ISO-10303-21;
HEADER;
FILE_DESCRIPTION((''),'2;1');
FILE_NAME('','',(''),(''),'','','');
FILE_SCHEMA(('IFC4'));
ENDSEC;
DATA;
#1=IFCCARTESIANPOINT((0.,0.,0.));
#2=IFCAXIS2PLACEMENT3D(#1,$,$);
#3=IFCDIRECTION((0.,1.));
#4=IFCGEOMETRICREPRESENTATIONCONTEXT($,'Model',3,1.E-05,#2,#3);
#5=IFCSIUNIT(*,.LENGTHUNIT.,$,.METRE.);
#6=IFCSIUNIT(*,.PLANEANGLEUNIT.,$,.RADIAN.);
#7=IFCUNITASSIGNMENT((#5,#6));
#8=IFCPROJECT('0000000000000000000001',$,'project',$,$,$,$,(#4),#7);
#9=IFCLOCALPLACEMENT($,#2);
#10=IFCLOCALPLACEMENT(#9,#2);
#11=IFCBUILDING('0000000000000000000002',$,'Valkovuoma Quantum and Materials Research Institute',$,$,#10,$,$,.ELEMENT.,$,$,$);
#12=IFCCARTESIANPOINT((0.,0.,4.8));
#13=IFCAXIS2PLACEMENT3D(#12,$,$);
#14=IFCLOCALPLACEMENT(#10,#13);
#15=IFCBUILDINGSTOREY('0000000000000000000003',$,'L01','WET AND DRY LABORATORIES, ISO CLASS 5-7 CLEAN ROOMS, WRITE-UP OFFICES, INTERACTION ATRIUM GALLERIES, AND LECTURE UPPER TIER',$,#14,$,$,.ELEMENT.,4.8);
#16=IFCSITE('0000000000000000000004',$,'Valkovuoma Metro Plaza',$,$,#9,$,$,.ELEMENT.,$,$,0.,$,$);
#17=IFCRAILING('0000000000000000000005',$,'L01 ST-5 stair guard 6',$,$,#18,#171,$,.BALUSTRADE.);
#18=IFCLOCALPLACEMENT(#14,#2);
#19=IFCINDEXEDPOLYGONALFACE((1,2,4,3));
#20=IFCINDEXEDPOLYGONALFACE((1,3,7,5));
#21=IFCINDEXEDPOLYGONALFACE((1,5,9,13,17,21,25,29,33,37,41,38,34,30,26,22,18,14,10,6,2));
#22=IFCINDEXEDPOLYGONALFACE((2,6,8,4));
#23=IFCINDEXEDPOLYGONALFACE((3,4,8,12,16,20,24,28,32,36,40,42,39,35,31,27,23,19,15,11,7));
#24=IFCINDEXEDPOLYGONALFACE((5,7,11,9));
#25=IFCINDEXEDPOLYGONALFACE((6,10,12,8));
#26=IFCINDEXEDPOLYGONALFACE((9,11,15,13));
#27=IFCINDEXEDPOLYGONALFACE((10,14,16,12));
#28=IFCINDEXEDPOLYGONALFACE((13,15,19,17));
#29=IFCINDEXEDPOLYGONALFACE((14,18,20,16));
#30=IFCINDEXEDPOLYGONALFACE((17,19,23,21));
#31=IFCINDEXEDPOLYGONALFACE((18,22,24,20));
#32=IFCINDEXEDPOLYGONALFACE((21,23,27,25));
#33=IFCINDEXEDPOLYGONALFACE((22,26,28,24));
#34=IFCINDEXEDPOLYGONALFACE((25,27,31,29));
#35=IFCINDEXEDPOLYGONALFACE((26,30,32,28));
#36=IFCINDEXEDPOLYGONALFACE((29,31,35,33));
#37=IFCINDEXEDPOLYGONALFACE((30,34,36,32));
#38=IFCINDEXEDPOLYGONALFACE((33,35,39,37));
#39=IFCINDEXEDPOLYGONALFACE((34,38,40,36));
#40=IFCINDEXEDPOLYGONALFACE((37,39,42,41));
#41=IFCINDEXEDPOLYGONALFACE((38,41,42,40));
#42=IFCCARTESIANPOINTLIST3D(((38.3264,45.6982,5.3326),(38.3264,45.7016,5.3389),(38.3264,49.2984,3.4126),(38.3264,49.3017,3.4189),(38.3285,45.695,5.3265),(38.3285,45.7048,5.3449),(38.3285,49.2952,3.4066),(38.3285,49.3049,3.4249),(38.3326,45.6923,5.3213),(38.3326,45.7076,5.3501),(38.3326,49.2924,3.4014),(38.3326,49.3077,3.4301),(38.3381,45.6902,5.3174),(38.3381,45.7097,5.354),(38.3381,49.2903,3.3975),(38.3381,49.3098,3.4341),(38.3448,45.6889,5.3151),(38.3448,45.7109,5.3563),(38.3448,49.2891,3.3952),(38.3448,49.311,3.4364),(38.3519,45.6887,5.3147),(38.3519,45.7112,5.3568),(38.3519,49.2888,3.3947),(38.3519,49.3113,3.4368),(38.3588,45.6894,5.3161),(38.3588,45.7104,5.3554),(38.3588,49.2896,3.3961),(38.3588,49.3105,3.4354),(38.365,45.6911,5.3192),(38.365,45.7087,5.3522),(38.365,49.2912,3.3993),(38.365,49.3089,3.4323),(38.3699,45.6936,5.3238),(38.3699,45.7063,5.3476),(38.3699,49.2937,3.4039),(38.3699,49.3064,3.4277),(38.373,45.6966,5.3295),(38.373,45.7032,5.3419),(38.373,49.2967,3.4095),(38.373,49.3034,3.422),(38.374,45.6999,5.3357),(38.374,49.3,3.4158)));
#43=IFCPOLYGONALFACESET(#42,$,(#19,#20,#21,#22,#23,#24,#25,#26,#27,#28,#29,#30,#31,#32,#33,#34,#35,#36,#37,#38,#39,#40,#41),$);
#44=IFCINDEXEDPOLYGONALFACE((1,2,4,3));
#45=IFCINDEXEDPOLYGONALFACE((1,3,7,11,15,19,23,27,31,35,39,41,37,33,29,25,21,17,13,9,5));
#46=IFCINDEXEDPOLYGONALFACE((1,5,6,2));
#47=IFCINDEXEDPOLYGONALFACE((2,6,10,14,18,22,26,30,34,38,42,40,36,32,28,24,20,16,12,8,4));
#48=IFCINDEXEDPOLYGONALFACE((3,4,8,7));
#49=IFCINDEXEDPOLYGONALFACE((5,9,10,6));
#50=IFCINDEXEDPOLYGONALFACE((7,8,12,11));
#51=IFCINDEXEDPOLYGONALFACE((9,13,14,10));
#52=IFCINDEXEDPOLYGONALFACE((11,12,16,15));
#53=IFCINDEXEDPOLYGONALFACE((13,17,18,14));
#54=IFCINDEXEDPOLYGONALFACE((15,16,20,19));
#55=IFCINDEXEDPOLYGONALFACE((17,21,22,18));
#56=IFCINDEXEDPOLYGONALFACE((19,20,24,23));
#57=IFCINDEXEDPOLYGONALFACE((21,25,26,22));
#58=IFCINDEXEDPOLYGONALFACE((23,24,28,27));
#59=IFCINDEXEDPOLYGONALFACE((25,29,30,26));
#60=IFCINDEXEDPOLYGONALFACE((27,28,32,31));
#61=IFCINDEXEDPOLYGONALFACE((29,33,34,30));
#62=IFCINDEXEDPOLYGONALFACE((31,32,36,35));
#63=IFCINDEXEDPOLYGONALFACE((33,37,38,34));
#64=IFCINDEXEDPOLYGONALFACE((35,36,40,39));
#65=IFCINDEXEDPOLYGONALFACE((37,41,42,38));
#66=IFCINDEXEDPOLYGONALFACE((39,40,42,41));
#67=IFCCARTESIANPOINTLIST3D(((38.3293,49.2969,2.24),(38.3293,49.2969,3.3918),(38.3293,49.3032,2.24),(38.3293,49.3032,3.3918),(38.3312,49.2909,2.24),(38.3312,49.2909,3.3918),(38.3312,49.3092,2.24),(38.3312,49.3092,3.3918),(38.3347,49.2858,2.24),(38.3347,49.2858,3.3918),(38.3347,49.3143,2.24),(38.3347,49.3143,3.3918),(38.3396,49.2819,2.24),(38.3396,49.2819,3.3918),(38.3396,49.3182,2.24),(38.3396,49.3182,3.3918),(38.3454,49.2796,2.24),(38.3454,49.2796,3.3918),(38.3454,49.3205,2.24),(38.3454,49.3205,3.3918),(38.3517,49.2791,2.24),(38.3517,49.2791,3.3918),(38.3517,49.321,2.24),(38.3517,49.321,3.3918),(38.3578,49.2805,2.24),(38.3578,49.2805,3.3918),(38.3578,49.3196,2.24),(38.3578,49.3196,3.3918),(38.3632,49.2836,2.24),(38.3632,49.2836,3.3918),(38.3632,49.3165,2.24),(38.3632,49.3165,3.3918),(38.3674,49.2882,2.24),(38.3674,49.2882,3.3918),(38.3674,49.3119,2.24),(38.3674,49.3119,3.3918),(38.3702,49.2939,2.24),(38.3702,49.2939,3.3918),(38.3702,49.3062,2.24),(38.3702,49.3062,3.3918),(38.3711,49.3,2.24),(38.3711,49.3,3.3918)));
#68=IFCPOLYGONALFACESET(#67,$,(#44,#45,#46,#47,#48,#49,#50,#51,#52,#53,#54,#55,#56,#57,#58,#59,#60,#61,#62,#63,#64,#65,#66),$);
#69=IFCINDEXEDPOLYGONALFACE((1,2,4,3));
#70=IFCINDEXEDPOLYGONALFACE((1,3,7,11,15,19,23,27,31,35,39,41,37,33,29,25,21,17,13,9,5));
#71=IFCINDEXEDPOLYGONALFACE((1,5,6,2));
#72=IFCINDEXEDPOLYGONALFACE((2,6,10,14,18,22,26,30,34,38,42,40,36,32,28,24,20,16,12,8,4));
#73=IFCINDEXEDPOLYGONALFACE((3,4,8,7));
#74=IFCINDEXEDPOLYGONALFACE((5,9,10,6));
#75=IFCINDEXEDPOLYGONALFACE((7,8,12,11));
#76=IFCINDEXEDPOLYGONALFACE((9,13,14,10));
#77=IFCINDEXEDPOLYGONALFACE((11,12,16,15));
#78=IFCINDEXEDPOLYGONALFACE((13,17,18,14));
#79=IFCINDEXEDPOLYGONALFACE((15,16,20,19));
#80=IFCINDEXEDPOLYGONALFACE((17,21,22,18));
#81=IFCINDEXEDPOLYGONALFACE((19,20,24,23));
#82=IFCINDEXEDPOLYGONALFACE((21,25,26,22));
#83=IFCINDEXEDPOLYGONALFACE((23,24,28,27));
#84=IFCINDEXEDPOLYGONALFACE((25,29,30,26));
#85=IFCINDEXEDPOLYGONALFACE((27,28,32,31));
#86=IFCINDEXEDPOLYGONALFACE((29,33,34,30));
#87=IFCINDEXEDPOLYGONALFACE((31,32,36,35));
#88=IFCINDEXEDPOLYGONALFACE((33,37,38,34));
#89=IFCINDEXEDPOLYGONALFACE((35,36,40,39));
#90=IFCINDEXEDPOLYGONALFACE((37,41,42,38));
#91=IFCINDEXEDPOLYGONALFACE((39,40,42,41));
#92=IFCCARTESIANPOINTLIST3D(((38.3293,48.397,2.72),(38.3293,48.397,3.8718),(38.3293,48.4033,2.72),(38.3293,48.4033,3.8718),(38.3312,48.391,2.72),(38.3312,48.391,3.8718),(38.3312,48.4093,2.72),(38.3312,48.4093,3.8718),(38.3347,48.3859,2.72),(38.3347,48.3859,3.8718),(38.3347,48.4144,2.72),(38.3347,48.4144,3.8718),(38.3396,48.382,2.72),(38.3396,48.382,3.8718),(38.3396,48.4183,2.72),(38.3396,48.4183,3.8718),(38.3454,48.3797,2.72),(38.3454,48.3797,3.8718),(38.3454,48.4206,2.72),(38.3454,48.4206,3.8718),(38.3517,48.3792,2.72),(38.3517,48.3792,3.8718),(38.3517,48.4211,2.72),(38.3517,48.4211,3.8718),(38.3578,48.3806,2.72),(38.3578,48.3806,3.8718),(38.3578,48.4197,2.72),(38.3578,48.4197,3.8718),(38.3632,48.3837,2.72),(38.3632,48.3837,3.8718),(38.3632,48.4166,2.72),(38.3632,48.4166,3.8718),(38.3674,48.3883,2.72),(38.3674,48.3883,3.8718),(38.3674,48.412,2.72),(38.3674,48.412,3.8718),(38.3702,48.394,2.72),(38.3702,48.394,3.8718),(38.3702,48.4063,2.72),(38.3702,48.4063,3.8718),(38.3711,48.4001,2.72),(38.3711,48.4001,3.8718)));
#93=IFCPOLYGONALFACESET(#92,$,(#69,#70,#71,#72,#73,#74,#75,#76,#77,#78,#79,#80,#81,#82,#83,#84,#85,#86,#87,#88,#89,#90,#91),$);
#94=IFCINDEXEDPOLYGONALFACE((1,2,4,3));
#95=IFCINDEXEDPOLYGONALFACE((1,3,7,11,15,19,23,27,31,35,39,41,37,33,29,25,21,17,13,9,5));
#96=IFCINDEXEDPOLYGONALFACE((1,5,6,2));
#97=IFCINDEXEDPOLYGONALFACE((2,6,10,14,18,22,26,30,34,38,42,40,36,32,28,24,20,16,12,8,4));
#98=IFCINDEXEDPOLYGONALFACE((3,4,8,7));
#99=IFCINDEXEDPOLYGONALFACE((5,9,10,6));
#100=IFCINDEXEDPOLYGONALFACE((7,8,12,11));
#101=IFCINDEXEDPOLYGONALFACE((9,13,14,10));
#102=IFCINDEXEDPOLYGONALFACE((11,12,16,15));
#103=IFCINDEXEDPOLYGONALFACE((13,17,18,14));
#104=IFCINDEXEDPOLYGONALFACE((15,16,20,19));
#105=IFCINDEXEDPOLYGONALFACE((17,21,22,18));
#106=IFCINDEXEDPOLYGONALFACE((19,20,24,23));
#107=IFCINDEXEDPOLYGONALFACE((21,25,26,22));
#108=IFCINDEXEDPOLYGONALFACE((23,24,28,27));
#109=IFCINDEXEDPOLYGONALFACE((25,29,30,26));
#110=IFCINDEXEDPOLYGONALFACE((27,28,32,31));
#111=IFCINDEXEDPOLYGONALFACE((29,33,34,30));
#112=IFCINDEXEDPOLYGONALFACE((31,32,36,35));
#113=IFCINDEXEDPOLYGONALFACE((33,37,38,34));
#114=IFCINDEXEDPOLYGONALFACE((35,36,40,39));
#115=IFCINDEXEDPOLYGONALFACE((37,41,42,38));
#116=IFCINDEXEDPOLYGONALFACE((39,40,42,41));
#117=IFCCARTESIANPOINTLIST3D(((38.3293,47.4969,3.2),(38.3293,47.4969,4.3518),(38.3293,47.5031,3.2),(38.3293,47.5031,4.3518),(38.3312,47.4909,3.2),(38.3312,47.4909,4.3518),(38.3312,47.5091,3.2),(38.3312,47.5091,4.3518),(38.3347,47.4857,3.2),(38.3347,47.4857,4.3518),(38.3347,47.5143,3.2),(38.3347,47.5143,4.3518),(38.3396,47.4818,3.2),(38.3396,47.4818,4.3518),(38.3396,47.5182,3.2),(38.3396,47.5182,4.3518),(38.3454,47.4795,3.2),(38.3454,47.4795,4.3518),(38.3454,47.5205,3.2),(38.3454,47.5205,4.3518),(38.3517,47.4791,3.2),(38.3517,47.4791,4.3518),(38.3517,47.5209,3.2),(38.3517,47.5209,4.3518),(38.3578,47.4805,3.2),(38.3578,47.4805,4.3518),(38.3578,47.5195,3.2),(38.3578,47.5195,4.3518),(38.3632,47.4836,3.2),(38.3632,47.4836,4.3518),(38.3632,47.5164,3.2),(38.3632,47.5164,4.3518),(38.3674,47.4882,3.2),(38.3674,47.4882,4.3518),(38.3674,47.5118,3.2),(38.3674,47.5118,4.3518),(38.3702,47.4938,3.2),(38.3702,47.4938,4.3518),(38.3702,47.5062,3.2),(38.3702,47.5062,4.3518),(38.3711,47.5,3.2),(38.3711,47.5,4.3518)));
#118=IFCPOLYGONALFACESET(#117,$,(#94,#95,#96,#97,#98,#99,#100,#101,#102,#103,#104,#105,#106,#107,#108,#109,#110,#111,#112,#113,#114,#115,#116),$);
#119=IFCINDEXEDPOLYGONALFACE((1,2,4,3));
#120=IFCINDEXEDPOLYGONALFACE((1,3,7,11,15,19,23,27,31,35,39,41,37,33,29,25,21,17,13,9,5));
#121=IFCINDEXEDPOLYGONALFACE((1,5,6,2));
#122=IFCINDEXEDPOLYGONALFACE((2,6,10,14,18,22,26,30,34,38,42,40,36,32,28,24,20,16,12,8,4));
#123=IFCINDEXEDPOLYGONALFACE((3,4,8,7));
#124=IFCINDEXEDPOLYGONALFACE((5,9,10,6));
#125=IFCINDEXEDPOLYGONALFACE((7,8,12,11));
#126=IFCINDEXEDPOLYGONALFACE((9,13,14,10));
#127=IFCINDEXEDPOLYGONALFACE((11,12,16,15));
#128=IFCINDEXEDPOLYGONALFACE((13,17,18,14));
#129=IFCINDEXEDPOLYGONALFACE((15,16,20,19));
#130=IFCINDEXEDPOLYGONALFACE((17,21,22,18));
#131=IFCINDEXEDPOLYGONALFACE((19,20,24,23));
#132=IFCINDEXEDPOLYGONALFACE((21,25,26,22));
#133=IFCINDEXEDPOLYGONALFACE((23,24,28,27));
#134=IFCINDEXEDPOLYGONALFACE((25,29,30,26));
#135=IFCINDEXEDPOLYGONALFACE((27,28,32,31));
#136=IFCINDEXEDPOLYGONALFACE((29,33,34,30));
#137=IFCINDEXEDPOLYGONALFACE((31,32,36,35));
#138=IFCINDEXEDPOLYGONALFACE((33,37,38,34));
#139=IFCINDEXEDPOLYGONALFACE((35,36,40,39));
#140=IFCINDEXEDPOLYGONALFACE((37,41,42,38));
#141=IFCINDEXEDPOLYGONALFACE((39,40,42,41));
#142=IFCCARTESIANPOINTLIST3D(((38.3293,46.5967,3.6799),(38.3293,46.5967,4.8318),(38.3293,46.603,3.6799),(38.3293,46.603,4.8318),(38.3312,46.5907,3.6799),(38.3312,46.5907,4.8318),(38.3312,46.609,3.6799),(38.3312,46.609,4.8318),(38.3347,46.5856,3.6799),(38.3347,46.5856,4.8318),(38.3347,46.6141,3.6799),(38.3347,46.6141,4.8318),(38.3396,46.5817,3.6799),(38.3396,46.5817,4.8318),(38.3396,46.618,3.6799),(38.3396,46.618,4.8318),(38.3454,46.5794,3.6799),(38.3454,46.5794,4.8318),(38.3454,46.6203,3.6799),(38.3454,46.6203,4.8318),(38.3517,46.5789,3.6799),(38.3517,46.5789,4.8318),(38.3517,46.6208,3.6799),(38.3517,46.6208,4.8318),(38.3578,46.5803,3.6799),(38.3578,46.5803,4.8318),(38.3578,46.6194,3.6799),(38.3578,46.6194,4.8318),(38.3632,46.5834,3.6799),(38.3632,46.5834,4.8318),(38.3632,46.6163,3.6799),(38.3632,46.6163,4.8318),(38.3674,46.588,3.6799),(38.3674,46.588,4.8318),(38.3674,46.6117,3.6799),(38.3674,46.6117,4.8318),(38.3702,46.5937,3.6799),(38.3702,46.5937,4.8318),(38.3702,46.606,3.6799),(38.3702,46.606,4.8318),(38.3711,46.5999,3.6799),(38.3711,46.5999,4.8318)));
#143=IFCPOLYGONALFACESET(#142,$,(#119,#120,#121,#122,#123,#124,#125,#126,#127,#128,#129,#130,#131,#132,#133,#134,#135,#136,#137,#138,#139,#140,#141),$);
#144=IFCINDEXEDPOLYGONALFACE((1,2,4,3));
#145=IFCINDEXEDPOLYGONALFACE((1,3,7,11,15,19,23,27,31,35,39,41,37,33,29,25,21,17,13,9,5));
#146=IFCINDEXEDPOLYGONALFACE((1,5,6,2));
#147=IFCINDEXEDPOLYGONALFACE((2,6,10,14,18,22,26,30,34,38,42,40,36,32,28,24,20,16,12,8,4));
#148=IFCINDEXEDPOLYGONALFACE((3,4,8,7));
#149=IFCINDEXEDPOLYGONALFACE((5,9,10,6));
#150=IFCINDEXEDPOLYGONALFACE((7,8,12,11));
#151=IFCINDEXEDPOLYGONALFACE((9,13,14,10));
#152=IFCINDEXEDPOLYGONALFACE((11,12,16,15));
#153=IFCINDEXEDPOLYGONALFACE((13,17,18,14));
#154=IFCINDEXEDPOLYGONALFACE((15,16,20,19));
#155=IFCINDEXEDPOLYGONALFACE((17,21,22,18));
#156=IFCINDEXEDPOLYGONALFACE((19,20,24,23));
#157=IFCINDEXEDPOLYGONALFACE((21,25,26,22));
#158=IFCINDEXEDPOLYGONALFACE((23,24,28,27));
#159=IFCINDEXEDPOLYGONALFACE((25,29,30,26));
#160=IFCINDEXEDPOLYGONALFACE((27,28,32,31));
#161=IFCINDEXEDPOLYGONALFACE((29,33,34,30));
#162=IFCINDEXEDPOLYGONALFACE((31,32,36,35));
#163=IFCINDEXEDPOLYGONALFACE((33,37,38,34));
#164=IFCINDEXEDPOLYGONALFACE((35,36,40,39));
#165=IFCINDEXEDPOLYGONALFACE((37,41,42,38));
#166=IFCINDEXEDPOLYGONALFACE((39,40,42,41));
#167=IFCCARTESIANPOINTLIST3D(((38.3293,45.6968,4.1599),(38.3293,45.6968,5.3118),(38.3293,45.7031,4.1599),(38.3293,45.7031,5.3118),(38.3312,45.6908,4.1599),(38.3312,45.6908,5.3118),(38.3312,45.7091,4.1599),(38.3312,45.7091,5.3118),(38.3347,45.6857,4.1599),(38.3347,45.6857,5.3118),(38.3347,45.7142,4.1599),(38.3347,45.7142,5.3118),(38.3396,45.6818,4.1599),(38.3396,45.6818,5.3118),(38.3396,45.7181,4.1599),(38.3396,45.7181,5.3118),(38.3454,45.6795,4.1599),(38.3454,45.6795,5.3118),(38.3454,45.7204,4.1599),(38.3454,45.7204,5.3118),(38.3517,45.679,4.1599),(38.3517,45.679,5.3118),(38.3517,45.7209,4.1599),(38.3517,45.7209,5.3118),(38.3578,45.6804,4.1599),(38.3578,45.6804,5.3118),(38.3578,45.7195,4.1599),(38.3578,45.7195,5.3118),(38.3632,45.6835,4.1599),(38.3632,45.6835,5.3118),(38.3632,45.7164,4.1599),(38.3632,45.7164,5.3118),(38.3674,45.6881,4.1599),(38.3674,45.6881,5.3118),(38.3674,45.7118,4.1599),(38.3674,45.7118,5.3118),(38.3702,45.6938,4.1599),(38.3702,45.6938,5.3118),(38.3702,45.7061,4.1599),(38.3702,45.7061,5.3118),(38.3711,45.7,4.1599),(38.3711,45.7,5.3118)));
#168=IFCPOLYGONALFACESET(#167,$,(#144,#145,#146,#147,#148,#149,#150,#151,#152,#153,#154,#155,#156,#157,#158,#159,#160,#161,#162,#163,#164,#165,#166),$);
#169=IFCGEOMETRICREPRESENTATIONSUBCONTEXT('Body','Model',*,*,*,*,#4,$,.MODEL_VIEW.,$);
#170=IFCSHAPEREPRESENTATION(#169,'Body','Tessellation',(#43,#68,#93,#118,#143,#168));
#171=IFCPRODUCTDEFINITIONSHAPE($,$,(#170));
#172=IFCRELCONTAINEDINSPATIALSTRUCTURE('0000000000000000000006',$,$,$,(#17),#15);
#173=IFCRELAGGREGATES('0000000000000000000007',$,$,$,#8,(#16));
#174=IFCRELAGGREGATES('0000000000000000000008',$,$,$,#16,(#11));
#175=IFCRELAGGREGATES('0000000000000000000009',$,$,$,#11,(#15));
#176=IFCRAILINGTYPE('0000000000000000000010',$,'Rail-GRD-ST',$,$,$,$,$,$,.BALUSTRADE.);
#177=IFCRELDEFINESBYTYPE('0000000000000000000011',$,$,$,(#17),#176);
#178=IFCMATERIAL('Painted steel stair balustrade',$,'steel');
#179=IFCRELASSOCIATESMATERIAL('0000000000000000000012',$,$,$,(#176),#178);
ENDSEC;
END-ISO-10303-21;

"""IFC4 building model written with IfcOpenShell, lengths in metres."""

from ifc_helpers import new_model, si_unit, direction, frame, origin, origin_2d, place, context, subcontext, project, spatial, circle, extrude, material, type_object, element, save


model = new_model("IFC4")

# Units and contexts
model_context = context("Model", 3, precision=1e-05, world=origin(), true_north=direction((0.0, 1.0)))
body_context = subcontext(model_context, "Body", "Model", "MODEL_VIEW")
ifc_project = project(units=[si_unit("LENGTHUNIT", "METRE"), si_unit("PLANEANGLEUNIT", "RADIAN")], contexts=[model_context])

# Site, building, storey
site_placement = place(None, origin())
site = spatial("IfcSite", under=ifc_project, at=site_placement, Name="Valkovuoma Metro Plaza", CompositionType="ELEMENT", RefElevation=0.0)
building_placement = place(site_placement, origin())
building = spatial("IfcBuilding", under=site, at=building_placement, Name="Valkovuoma Quantum and Materials Research Institute", CompositionType="ELEMENT")
storey_placement = place(building_placement, frame((0.0, 0.0, 4.8)))
storey = spatial("IfcBuildingStorey", under=building, at=storey_placement, Name="L01", Description="WET AND DRY LABORATORIES, ISO CLASS 5-7 CLEAN ROOMS, WRITE-UP OFFICES, INTERACTION ATRIUM GALLERIES, AND LECTURE UPPER TIER", CompositionType="ELEMENT", Elevation=4.8)

# Railing
ifc_material_1 = material(Name="Painted steel stair balustrade", Category="steel")
railing_type_1 = type_object("IfcRailingType", Name="Rail-GRD-ST", PredefinedType="BALUSTRADE", material=ifc_material_1)
railing_1_placement = place(storey_placement, frame((38.3501, 49.3, 2.24)))
element("IfcRailing", 1, at=railing_1_placement, inside=storey, type_object=railing_type_1, Name="L01 ST-5 stair guard 6", PredefinedType="BALUSTRADE", context=body_context, shape_type="SweptSolid", body=[
    extrude(circle(Radius=0.0239, at=origin_2d()), frame((0.0, 0.0, 1.1758), z_axis=(0.0, -0.882366, 0.470563), x_axis=(1.0, 0.0, 0.0)), (0.0, 0.0, 1.0), 4.0801),
    extrude(circle(Radius=0.021, at=origin_2d()), origin(), (0.0, 0.0, 1.0), 1.1519),
    extrude(circle(Radius=0.021, at=origin_2d()), frame((0.0, -0.8999, 0.48)), (0.0, 0.0, 1.0), 1.1519),
    extrude(circle(Radius=0.021, at=origin_2d()), frame((0.0, -1.8, 0.96)), (0.0, 0.0, 1.0), 1.1519),
    extrude(circle(Radius=0.021, at=origin_2d()), frame((0.0, -2.7002, 1.4399)), (0.0, 0.0, 1.0), 1.1519),
    extrude(circle(Radius=0.021, at=origin_2d()), frame((0.0, -3.6001, 1.9199)), (0.0, 0.0, 1.0), 1.1519),
])

save(model, "model.ifc")
